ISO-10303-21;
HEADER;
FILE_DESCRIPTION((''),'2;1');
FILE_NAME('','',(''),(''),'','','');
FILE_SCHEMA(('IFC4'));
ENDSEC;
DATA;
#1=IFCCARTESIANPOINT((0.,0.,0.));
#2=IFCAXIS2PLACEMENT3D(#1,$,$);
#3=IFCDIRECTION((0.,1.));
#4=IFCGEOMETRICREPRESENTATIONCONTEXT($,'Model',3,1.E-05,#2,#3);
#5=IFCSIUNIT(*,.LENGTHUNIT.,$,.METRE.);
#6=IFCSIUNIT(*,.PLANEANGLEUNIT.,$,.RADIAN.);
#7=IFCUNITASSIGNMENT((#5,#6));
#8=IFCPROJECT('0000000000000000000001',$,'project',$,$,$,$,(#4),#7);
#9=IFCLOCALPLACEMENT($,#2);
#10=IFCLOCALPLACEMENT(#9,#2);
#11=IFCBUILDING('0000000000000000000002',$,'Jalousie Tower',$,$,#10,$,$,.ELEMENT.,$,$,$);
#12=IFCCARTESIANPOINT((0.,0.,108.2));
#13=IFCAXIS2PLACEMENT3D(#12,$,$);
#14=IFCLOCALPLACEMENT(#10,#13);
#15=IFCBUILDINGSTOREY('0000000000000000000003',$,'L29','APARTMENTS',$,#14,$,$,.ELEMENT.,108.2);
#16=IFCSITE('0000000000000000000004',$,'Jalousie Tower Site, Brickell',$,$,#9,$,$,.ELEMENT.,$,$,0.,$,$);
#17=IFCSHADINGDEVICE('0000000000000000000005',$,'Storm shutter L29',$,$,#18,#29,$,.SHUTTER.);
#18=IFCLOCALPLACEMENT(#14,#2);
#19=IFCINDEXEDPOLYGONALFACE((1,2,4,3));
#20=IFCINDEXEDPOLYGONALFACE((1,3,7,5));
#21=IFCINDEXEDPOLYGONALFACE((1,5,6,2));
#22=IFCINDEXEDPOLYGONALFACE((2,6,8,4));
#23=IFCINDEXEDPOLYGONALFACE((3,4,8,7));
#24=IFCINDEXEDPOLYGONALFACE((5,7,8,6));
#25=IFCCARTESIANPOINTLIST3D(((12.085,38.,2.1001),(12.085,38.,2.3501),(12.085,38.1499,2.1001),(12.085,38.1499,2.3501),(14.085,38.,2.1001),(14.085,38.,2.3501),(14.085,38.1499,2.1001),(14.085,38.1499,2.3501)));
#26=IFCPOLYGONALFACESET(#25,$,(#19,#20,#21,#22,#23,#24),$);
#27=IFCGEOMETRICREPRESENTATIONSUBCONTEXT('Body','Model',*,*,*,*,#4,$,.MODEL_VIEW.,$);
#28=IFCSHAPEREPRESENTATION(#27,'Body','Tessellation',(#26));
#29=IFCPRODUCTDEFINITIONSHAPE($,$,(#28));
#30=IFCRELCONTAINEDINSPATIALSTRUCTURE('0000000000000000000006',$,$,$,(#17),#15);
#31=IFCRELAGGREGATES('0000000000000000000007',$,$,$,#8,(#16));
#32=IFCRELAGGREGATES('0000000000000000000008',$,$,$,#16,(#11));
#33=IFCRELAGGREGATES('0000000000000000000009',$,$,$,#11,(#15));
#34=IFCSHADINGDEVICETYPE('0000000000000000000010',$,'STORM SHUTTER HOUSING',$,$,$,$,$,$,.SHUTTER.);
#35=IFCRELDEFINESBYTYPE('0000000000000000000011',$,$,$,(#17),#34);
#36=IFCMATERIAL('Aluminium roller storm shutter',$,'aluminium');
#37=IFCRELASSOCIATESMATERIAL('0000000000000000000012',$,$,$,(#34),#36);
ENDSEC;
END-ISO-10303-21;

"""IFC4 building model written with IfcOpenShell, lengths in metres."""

from ifc_helpers import new_model, si_unit, direction, frame, origin, origin_2d, place, context, subcontext, project, spatial, rectangle, extrude, material, type_object, element, save


model = new_model("IFC4")

# Units and contexts
model_context = context("Model", 3, precision=1e-05, world=origin(), true_north=direction((0.0, 1.0)))
body_context = subcontext(model_context, "Body", "Model", "MODEL_VIEW")
ifc_project = project(units=[si_unit("LENGTHUNIT", "METRE"), si_unit("PLANEANGLEUNIT", "RADIAN")], contexts=[model_context])

# Site, building, storey
site_placement = place(None, origin())
site = spatial("IfcSite", under=ifc_project, at=site_placement, Name="Jalousie Tower Site, Brickell", CompositionType="ELEMENT", RefElevation=0.0)
building_placement = place(site_placement, origin())
building = spatial("IfcBuilding", under=site, at=building_placement, Name="Jalousie Tower", CompositionType="ELEMENT")
storey_placement = place(building_placement, frame((0.0, 0.0, 108.2)))
storey = spatial("IfcBuildingStorey", under=building, at=storey_placement, Name="L29", Description="APARTMENTS", CompositionType="ELEMENT", Elevation=108.2)

# Shading device
ifc_material_1 = material(Name="Aluminium roller storm shutter", Category="aluminium")
shading_device_type = type_object("IfcShadingDeviceType", Name="STORM SHUTTER HOUSING", PredefinedType="SHUTTER", material=ifc_material_1)
for number, where, z_axis, x_axis, name in (
    (1, (13.085, 38.075, 2.1001), (0.0, 0.0, 1.0), (-1.0, 0.0, 0.0), "Storm shutter L29"),
):
    element("IfcShadingDevice", number, at=place(storey_placement, frame(where, z_axis=z_axis, x_axis=x_axis)), inside=storey, type_object=shading_device_type, Name=name, PredefinedType="SHUTTER", context=body_context, shape_type="SweptSolid", body=[
        extrude(rectangle(XDim=2.0, YDim=0.1499, at=origin_2d()), origin(), (0.0, 0.0, 1.0), 0.25),
    ])

save(model, "model.ifc")
